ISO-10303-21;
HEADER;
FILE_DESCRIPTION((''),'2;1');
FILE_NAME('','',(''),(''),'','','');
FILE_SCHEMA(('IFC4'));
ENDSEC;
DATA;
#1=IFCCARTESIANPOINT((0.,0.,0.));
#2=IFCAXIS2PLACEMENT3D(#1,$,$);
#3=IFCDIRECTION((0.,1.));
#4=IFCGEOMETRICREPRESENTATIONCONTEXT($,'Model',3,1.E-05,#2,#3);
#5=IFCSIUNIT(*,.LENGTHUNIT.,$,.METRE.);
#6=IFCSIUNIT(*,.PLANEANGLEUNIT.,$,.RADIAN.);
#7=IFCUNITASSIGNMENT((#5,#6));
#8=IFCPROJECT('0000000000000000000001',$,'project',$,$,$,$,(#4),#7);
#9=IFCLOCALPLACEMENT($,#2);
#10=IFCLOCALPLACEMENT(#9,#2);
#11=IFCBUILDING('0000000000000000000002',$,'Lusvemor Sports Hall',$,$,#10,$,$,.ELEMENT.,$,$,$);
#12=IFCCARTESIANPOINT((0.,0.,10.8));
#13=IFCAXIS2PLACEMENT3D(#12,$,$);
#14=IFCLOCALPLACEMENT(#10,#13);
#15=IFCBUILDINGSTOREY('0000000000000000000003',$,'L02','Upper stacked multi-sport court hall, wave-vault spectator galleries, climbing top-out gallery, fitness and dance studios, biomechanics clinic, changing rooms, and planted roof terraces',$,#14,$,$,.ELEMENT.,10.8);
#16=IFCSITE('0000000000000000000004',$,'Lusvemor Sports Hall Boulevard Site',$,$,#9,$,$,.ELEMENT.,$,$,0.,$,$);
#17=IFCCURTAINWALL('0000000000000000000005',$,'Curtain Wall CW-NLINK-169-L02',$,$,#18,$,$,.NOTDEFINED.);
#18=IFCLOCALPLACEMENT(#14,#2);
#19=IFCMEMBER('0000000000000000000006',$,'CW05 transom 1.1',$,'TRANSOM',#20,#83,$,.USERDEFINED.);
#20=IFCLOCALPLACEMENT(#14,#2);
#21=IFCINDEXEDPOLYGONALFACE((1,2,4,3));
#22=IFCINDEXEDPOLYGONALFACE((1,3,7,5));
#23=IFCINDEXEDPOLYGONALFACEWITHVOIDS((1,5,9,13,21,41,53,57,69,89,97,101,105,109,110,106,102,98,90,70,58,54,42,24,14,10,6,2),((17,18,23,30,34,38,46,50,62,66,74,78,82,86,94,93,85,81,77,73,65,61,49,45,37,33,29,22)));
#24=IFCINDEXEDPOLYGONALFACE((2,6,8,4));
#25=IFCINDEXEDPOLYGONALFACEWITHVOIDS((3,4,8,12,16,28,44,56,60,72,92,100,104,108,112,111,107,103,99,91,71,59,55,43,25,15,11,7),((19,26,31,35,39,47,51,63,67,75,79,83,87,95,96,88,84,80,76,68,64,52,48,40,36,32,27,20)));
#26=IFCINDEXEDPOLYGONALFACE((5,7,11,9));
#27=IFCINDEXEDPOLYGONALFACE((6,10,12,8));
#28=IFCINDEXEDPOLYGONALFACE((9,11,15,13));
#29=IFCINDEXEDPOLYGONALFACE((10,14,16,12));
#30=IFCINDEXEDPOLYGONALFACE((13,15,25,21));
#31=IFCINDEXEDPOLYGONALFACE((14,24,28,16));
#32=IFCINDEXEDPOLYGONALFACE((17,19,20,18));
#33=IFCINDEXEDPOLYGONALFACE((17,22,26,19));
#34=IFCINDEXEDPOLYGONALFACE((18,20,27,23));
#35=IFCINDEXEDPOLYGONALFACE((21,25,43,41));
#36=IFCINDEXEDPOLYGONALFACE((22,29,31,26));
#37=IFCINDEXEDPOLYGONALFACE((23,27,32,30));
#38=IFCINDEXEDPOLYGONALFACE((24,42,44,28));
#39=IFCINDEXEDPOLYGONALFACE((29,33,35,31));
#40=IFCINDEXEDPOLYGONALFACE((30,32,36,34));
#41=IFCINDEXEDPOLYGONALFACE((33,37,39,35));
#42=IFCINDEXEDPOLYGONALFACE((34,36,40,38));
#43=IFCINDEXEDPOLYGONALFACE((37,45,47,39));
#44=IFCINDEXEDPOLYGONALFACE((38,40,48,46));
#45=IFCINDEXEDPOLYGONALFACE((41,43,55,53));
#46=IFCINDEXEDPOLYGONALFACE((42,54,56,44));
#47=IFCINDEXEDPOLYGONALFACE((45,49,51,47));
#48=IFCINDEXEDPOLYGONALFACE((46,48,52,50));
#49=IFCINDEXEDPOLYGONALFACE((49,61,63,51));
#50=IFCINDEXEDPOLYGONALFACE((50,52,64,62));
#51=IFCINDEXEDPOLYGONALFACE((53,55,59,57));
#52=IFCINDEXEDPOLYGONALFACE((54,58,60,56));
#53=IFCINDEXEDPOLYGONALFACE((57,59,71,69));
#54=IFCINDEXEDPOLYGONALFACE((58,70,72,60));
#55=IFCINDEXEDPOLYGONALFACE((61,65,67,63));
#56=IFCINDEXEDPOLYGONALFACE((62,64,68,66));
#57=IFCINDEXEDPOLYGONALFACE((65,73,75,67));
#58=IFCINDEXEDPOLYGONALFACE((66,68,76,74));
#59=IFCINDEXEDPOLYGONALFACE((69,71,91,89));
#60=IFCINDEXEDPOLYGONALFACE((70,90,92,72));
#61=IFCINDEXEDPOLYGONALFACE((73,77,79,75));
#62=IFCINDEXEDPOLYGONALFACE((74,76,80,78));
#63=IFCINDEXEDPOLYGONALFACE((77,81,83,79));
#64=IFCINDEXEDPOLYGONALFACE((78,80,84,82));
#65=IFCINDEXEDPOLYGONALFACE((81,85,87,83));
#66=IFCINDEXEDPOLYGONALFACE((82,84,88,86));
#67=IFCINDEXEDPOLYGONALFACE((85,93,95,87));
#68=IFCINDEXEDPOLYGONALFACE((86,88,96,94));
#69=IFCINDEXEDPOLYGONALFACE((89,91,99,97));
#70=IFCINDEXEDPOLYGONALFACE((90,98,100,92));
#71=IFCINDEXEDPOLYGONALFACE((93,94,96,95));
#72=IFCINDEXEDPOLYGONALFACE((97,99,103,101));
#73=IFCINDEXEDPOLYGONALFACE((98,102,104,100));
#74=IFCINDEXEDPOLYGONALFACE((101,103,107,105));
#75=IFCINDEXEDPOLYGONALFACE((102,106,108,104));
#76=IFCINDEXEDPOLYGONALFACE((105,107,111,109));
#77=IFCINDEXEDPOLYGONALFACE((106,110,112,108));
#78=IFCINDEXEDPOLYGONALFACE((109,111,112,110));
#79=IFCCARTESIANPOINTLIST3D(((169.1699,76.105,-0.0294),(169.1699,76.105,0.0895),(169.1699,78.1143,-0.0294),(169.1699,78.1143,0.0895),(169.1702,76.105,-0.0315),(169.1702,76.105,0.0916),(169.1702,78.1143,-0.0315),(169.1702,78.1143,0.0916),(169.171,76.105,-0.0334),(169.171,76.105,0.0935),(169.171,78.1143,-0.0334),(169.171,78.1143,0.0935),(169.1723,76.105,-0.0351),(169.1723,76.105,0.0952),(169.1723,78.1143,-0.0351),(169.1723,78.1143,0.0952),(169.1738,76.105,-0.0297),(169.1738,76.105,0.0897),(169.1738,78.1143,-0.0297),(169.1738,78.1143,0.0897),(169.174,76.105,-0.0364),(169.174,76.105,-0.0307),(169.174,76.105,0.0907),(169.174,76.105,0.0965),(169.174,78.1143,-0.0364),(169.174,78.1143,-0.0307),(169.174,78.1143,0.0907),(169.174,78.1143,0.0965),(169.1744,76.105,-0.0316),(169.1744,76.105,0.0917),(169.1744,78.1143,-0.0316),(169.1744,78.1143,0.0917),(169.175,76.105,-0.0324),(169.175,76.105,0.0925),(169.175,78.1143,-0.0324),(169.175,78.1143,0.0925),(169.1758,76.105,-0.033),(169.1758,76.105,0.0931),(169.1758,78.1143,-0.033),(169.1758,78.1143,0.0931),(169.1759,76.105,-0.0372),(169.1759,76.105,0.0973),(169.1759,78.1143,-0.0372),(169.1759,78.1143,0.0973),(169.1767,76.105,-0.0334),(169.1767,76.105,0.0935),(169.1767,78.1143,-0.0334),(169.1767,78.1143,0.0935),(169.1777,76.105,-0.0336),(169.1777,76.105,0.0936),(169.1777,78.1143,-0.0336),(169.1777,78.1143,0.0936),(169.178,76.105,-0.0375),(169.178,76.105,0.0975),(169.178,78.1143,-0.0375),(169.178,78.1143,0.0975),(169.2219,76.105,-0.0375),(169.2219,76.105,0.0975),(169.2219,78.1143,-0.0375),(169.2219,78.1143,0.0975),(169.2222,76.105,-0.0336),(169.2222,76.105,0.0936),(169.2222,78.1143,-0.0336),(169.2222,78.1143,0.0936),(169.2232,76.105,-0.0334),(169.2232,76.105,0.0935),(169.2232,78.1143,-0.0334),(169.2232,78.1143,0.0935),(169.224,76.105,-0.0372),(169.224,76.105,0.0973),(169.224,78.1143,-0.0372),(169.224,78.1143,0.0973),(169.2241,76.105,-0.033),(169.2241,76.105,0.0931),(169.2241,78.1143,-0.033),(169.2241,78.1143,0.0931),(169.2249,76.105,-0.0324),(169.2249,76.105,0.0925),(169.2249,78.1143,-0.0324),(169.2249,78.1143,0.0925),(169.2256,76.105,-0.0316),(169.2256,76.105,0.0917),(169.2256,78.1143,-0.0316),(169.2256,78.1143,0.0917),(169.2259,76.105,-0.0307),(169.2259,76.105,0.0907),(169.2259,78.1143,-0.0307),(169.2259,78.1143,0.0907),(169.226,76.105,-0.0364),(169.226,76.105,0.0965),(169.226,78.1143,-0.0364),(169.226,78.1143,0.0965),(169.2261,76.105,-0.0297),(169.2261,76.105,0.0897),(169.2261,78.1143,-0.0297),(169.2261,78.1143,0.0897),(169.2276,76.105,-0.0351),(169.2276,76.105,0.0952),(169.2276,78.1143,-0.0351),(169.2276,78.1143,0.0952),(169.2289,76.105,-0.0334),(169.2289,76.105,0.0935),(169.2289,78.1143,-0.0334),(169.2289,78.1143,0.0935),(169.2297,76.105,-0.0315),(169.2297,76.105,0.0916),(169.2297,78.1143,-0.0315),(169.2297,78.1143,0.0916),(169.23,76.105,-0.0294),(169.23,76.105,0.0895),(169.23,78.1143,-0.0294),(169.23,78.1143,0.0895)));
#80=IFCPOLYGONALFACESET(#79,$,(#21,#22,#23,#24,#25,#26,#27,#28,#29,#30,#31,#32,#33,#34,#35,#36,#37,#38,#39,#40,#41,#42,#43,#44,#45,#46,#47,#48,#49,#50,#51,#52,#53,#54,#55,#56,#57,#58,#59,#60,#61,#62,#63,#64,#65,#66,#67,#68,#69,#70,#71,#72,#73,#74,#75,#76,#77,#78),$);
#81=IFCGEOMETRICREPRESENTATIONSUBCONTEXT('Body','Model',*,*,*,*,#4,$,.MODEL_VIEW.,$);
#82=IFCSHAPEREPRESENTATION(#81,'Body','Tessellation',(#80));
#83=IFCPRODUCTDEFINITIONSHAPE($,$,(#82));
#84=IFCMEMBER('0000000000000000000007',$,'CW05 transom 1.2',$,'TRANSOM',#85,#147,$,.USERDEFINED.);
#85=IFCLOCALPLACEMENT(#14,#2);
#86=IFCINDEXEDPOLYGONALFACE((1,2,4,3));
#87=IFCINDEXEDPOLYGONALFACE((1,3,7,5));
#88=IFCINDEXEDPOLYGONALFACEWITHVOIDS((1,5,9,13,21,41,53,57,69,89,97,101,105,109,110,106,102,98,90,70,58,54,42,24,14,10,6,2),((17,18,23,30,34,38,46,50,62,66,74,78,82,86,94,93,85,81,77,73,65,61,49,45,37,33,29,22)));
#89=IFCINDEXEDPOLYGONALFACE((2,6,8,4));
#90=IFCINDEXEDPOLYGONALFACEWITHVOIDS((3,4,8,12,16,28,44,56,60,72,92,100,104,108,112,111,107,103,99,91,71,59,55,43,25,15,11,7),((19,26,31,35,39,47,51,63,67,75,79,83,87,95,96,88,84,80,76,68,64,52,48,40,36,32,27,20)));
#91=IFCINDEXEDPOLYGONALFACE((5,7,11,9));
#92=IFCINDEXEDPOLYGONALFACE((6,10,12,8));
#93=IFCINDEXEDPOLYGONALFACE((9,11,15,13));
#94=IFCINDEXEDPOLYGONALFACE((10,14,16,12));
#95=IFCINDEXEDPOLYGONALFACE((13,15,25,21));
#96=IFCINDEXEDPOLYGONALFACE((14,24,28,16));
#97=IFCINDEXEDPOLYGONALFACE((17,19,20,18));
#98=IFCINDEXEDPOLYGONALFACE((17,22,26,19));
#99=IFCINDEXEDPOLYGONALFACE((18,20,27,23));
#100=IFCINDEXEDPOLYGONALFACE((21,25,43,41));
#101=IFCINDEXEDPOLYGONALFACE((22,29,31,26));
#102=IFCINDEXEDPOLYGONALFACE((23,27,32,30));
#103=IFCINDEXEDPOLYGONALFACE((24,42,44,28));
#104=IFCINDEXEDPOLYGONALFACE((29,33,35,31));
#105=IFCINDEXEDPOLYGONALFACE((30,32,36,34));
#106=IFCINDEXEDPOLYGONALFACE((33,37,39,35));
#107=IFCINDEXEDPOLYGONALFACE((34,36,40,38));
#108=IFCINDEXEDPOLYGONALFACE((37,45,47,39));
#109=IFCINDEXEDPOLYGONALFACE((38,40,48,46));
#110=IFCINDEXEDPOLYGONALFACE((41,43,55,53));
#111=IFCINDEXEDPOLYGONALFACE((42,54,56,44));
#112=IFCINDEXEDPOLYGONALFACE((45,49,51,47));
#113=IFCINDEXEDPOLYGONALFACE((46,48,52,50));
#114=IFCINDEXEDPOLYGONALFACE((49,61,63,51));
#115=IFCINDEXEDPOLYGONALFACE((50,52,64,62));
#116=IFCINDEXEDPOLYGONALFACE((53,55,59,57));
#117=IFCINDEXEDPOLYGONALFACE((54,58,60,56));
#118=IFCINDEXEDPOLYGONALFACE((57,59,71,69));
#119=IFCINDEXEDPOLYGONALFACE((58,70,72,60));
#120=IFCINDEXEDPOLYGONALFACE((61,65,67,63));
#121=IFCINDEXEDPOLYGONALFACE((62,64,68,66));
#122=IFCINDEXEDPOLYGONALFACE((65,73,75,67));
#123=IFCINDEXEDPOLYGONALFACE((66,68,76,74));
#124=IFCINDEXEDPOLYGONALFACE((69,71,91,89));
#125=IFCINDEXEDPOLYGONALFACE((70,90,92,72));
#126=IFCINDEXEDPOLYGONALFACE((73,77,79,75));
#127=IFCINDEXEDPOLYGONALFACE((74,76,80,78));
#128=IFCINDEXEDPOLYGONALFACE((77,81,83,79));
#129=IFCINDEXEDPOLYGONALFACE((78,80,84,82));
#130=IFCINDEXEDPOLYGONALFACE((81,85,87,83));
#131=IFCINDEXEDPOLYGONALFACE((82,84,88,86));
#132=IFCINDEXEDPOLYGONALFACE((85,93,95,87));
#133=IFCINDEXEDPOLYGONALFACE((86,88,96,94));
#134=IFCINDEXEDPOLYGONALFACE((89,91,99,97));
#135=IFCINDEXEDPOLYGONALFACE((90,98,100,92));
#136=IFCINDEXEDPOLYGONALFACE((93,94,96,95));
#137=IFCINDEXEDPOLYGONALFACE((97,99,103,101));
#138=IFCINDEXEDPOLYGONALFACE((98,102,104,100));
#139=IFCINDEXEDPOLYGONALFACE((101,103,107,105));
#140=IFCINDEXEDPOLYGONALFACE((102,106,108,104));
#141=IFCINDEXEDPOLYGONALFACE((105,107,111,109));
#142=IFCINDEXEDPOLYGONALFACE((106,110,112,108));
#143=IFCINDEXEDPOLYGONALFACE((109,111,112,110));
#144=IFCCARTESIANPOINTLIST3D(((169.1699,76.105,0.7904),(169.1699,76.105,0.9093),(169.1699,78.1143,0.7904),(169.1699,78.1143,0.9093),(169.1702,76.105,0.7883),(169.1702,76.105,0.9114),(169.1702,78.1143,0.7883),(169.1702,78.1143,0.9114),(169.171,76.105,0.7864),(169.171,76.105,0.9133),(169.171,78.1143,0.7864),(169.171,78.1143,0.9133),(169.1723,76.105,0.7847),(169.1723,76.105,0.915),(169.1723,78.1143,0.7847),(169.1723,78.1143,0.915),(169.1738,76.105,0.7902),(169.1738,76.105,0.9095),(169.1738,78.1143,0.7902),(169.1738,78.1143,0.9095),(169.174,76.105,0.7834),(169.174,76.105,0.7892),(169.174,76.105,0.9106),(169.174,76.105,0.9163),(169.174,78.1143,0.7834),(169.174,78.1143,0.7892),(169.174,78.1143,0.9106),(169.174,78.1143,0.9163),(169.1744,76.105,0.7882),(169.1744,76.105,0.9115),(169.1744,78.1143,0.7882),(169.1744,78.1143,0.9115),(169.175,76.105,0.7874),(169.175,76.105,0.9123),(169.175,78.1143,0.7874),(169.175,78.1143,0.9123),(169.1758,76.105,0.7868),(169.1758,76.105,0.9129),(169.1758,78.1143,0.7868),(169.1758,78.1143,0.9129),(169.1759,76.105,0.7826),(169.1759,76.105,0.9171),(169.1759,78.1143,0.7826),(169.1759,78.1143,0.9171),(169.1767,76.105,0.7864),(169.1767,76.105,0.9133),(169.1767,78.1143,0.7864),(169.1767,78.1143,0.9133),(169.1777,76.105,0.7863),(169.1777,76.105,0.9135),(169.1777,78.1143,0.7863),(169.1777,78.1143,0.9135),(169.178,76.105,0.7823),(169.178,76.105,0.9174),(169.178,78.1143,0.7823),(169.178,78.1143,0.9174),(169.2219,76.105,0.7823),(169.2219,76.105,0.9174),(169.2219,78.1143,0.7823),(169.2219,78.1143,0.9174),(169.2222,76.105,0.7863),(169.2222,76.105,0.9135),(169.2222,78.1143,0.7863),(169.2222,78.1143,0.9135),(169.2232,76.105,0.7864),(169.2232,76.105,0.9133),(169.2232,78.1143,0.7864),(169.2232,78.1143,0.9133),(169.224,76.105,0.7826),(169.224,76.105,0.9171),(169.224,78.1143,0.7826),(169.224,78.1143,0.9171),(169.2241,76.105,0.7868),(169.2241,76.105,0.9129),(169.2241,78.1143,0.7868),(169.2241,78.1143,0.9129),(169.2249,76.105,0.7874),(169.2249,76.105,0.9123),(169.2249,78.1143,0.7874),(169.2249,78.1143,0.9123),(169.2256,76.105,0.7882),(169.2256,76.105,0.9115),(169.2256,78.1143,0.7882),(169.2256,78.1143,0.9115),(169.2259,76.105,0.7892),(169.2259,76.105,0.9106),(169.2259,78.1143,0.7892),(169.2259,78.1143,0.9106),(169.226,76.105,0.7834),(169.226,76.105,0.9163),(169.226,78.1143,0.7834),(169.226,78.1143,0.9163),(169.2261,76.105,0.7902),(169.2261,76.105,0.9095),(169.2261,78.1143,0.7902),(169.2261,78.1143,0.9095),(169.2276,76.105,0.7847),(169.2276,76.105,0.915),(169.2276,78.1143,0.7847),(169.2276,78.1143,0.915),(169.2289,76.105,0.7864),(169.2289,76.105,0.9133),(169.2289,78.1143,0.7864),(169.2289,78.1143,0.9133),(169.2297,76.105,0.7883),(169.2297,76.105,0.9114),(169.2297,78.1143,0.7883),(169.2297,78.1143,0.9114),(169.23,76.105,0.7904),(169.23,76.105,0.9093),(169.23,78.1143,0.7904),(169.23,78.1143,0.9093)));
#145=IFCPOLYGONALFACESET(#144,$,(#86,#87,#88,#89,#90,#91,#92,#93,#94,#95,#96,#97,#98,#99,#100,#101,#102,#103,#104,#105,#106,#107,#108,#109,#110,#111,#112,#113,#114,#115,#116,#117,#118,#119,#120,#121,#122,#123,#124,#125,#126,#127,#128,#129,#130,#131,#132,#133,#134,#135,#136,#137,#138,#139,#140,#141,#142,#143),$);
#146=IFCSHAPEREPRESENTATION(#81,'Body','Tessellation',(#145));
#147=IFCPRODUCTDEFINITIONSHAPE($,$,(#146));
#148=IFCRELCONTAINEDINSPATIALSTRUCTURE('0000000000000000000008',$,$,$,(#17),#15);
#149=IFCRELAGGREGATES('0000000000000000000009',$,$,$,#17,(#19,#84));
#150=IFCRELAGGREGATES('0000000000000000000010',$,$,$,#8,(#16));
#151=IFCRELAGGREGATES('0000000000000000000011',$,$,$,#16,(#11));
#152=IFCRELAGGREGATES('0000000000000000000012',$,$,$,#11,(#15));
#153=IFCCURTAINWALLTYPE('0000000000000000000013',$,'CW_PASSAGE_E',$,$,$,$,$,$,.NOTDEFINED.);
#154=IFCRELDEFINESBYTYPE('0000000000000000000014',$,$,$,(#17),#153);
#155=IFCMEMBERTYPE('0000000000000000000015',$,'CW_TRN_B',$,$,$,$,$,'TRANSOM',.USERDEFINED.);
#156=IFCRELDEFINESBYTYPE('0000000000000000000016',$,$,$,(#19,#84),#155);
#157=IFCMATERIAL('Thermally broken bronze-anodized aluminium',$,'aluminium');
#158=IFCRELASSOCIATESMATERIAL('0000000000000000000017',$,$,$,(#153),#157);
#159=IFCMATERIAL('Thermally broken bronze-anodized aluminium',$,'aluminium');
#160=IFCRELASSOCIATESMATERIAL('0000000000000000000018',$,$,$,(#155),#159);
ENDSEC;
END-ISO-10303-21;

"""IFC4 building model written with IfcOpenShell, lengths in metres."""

from ifc_helpers import new_model, si_unit, direction, frame, origin, origin_2d, place, context, subcontext, project, spatial, hollow_rectangle, extrude, material, material_profile, profile_set, type_object, element, aggregate, save


model = new_model("IFC4")

# Units and contexts
model_context = context("Model", 3, precision=1e-05, world=origin(), true_north=direction((0.0, 1.0)))
body_context = subcontext(model_context, "Body", "Model", "MODEL_VIEW")
ifc_project = project(units=[si_unit("LENGTHUNIT", "METRE"), si_unit("PLANEANGLEUNIT", "RADIAN")], contexts=[model_context])

# Site, building, storey
site_placement = place(None, origin())
site = spatial("IfcSite", under=ifc_project, at=site_placement, Name="Lusvemor Sports Hall Boulevard Site", CompositionType="ELEMENT", RefElevation=0.0)
building_placement = place(site_placement, origin())
building = spatial("IfcBuilding", under=site, at=building_placement, Name="Lusvemor Sports Hall", CompositionType="ELEMENT")
storey_placement = place(building_placement, frame((0.0, 0.0, 10.8)))
storey = spatial("IfcBuildingStorey", under=building, at=storey_placement, Name="L02", Description="Upper stacked multi-sport court hall, wave-vault spectator galleries, climbing top-out gallery, fitness and dance studios, biomechanics clinic, changing rooms, and planted roof terraces", CompositionType="ELEMENT", Elevation=10.8)

# Curtain wall, members
ifc_material_1 = material(Name="Thermally broken bronze-anodized aluminium", Category="aluminium")
curtain_wall_type = type_object("IfcCurtainWallType", Name="CW_PASSAGE_E", PredefinedType="NOTDEFINED", material=ifc_material_1)
curtain_wall_placement = place(storey_placement, origin())
curtain_wall = element("IfcCurtainWall", 1, at=curtain_wall_placement, inside=storey, type_object=curtain_wall_type, Name="Curtain Wall CW-NLINK-169-L02", PredefinedType="NOTDEFINED")
ifc_material_2 = material(Name="Thermally broken bronze-anodized aluminium", Category="aluminium")
ifc_material_profile_1 = material_profile(ifc_material_2, hollow_rectangle(XDim=0.0601, YDim=0.135, WallThickness=0.0039, InnerFilletRadius=0.0039, OuterFilletRadius=0.0081, at=origin_2d()), Name="CWTRN135x60x4")
ifc_profile_set_1 = profile_set([ifc_material_profile_1], Name="Thermally broken bronze-anodized aluminium")
member_type_1 = type_object("IfcMemberType", Name="CW_TRN_B", ElementType="TRANSOM", PredefinedType="USERDEFINED", material=ifc_profile_set_1)
member_1_placement = place(storey_placement, frame((169.2, 76.105, 0.03), z_axis=(0.0, 1.0, 0.0), x_axis=(-1.0, 0.0, 0.0)))
member_1 = element("IfcMember", 2, at=member_1_placement, type_object=member_type_1, Name="CW05 transom 1.1", ObjectType="TRANSOM", PredefinedType="USERDEFINED", context=body_context, shape_type="SweptSolid", body=[
    extrude(hollow_rectangle(XDim=0.0601, YDim=0.135, WallThickness=0.0039, InnerFilletRadius=0.0039, OuterFilletRadius=0.0081, at=origin_2d()), origin(), (0.0, 0.0, 1.0), 2.0093),
])
member_2_placement = place(storey_placement, frame((169.2, 76.105, 0.8499), z_axis=(0.0, 1.0, 0.0), x_axis=(-1.0, 0.0, 0.0)))
member_2 = element("IfcMember", 3, at=member_2_placement, type_object=member_type_1, Name="CW05 transom 1.2", ObjectType="TRANSOM", PredefinedType="USERDEFINED", context=body_context, shape_type="SweptSolid", body=[
    extrude(hollow_rectangle(XDim=0.0601, YDim=0.135, WallThickness=0.0039, InnerFilletRadius=0.0039, OuterFilletRadius=0.0081, at=origin_2d()), origin(), (0.0, 0.0, 1.0), 2.0093),
])

aggregate(curtain_wall, [member_1, member_2])

save(model, "model.ifc")
